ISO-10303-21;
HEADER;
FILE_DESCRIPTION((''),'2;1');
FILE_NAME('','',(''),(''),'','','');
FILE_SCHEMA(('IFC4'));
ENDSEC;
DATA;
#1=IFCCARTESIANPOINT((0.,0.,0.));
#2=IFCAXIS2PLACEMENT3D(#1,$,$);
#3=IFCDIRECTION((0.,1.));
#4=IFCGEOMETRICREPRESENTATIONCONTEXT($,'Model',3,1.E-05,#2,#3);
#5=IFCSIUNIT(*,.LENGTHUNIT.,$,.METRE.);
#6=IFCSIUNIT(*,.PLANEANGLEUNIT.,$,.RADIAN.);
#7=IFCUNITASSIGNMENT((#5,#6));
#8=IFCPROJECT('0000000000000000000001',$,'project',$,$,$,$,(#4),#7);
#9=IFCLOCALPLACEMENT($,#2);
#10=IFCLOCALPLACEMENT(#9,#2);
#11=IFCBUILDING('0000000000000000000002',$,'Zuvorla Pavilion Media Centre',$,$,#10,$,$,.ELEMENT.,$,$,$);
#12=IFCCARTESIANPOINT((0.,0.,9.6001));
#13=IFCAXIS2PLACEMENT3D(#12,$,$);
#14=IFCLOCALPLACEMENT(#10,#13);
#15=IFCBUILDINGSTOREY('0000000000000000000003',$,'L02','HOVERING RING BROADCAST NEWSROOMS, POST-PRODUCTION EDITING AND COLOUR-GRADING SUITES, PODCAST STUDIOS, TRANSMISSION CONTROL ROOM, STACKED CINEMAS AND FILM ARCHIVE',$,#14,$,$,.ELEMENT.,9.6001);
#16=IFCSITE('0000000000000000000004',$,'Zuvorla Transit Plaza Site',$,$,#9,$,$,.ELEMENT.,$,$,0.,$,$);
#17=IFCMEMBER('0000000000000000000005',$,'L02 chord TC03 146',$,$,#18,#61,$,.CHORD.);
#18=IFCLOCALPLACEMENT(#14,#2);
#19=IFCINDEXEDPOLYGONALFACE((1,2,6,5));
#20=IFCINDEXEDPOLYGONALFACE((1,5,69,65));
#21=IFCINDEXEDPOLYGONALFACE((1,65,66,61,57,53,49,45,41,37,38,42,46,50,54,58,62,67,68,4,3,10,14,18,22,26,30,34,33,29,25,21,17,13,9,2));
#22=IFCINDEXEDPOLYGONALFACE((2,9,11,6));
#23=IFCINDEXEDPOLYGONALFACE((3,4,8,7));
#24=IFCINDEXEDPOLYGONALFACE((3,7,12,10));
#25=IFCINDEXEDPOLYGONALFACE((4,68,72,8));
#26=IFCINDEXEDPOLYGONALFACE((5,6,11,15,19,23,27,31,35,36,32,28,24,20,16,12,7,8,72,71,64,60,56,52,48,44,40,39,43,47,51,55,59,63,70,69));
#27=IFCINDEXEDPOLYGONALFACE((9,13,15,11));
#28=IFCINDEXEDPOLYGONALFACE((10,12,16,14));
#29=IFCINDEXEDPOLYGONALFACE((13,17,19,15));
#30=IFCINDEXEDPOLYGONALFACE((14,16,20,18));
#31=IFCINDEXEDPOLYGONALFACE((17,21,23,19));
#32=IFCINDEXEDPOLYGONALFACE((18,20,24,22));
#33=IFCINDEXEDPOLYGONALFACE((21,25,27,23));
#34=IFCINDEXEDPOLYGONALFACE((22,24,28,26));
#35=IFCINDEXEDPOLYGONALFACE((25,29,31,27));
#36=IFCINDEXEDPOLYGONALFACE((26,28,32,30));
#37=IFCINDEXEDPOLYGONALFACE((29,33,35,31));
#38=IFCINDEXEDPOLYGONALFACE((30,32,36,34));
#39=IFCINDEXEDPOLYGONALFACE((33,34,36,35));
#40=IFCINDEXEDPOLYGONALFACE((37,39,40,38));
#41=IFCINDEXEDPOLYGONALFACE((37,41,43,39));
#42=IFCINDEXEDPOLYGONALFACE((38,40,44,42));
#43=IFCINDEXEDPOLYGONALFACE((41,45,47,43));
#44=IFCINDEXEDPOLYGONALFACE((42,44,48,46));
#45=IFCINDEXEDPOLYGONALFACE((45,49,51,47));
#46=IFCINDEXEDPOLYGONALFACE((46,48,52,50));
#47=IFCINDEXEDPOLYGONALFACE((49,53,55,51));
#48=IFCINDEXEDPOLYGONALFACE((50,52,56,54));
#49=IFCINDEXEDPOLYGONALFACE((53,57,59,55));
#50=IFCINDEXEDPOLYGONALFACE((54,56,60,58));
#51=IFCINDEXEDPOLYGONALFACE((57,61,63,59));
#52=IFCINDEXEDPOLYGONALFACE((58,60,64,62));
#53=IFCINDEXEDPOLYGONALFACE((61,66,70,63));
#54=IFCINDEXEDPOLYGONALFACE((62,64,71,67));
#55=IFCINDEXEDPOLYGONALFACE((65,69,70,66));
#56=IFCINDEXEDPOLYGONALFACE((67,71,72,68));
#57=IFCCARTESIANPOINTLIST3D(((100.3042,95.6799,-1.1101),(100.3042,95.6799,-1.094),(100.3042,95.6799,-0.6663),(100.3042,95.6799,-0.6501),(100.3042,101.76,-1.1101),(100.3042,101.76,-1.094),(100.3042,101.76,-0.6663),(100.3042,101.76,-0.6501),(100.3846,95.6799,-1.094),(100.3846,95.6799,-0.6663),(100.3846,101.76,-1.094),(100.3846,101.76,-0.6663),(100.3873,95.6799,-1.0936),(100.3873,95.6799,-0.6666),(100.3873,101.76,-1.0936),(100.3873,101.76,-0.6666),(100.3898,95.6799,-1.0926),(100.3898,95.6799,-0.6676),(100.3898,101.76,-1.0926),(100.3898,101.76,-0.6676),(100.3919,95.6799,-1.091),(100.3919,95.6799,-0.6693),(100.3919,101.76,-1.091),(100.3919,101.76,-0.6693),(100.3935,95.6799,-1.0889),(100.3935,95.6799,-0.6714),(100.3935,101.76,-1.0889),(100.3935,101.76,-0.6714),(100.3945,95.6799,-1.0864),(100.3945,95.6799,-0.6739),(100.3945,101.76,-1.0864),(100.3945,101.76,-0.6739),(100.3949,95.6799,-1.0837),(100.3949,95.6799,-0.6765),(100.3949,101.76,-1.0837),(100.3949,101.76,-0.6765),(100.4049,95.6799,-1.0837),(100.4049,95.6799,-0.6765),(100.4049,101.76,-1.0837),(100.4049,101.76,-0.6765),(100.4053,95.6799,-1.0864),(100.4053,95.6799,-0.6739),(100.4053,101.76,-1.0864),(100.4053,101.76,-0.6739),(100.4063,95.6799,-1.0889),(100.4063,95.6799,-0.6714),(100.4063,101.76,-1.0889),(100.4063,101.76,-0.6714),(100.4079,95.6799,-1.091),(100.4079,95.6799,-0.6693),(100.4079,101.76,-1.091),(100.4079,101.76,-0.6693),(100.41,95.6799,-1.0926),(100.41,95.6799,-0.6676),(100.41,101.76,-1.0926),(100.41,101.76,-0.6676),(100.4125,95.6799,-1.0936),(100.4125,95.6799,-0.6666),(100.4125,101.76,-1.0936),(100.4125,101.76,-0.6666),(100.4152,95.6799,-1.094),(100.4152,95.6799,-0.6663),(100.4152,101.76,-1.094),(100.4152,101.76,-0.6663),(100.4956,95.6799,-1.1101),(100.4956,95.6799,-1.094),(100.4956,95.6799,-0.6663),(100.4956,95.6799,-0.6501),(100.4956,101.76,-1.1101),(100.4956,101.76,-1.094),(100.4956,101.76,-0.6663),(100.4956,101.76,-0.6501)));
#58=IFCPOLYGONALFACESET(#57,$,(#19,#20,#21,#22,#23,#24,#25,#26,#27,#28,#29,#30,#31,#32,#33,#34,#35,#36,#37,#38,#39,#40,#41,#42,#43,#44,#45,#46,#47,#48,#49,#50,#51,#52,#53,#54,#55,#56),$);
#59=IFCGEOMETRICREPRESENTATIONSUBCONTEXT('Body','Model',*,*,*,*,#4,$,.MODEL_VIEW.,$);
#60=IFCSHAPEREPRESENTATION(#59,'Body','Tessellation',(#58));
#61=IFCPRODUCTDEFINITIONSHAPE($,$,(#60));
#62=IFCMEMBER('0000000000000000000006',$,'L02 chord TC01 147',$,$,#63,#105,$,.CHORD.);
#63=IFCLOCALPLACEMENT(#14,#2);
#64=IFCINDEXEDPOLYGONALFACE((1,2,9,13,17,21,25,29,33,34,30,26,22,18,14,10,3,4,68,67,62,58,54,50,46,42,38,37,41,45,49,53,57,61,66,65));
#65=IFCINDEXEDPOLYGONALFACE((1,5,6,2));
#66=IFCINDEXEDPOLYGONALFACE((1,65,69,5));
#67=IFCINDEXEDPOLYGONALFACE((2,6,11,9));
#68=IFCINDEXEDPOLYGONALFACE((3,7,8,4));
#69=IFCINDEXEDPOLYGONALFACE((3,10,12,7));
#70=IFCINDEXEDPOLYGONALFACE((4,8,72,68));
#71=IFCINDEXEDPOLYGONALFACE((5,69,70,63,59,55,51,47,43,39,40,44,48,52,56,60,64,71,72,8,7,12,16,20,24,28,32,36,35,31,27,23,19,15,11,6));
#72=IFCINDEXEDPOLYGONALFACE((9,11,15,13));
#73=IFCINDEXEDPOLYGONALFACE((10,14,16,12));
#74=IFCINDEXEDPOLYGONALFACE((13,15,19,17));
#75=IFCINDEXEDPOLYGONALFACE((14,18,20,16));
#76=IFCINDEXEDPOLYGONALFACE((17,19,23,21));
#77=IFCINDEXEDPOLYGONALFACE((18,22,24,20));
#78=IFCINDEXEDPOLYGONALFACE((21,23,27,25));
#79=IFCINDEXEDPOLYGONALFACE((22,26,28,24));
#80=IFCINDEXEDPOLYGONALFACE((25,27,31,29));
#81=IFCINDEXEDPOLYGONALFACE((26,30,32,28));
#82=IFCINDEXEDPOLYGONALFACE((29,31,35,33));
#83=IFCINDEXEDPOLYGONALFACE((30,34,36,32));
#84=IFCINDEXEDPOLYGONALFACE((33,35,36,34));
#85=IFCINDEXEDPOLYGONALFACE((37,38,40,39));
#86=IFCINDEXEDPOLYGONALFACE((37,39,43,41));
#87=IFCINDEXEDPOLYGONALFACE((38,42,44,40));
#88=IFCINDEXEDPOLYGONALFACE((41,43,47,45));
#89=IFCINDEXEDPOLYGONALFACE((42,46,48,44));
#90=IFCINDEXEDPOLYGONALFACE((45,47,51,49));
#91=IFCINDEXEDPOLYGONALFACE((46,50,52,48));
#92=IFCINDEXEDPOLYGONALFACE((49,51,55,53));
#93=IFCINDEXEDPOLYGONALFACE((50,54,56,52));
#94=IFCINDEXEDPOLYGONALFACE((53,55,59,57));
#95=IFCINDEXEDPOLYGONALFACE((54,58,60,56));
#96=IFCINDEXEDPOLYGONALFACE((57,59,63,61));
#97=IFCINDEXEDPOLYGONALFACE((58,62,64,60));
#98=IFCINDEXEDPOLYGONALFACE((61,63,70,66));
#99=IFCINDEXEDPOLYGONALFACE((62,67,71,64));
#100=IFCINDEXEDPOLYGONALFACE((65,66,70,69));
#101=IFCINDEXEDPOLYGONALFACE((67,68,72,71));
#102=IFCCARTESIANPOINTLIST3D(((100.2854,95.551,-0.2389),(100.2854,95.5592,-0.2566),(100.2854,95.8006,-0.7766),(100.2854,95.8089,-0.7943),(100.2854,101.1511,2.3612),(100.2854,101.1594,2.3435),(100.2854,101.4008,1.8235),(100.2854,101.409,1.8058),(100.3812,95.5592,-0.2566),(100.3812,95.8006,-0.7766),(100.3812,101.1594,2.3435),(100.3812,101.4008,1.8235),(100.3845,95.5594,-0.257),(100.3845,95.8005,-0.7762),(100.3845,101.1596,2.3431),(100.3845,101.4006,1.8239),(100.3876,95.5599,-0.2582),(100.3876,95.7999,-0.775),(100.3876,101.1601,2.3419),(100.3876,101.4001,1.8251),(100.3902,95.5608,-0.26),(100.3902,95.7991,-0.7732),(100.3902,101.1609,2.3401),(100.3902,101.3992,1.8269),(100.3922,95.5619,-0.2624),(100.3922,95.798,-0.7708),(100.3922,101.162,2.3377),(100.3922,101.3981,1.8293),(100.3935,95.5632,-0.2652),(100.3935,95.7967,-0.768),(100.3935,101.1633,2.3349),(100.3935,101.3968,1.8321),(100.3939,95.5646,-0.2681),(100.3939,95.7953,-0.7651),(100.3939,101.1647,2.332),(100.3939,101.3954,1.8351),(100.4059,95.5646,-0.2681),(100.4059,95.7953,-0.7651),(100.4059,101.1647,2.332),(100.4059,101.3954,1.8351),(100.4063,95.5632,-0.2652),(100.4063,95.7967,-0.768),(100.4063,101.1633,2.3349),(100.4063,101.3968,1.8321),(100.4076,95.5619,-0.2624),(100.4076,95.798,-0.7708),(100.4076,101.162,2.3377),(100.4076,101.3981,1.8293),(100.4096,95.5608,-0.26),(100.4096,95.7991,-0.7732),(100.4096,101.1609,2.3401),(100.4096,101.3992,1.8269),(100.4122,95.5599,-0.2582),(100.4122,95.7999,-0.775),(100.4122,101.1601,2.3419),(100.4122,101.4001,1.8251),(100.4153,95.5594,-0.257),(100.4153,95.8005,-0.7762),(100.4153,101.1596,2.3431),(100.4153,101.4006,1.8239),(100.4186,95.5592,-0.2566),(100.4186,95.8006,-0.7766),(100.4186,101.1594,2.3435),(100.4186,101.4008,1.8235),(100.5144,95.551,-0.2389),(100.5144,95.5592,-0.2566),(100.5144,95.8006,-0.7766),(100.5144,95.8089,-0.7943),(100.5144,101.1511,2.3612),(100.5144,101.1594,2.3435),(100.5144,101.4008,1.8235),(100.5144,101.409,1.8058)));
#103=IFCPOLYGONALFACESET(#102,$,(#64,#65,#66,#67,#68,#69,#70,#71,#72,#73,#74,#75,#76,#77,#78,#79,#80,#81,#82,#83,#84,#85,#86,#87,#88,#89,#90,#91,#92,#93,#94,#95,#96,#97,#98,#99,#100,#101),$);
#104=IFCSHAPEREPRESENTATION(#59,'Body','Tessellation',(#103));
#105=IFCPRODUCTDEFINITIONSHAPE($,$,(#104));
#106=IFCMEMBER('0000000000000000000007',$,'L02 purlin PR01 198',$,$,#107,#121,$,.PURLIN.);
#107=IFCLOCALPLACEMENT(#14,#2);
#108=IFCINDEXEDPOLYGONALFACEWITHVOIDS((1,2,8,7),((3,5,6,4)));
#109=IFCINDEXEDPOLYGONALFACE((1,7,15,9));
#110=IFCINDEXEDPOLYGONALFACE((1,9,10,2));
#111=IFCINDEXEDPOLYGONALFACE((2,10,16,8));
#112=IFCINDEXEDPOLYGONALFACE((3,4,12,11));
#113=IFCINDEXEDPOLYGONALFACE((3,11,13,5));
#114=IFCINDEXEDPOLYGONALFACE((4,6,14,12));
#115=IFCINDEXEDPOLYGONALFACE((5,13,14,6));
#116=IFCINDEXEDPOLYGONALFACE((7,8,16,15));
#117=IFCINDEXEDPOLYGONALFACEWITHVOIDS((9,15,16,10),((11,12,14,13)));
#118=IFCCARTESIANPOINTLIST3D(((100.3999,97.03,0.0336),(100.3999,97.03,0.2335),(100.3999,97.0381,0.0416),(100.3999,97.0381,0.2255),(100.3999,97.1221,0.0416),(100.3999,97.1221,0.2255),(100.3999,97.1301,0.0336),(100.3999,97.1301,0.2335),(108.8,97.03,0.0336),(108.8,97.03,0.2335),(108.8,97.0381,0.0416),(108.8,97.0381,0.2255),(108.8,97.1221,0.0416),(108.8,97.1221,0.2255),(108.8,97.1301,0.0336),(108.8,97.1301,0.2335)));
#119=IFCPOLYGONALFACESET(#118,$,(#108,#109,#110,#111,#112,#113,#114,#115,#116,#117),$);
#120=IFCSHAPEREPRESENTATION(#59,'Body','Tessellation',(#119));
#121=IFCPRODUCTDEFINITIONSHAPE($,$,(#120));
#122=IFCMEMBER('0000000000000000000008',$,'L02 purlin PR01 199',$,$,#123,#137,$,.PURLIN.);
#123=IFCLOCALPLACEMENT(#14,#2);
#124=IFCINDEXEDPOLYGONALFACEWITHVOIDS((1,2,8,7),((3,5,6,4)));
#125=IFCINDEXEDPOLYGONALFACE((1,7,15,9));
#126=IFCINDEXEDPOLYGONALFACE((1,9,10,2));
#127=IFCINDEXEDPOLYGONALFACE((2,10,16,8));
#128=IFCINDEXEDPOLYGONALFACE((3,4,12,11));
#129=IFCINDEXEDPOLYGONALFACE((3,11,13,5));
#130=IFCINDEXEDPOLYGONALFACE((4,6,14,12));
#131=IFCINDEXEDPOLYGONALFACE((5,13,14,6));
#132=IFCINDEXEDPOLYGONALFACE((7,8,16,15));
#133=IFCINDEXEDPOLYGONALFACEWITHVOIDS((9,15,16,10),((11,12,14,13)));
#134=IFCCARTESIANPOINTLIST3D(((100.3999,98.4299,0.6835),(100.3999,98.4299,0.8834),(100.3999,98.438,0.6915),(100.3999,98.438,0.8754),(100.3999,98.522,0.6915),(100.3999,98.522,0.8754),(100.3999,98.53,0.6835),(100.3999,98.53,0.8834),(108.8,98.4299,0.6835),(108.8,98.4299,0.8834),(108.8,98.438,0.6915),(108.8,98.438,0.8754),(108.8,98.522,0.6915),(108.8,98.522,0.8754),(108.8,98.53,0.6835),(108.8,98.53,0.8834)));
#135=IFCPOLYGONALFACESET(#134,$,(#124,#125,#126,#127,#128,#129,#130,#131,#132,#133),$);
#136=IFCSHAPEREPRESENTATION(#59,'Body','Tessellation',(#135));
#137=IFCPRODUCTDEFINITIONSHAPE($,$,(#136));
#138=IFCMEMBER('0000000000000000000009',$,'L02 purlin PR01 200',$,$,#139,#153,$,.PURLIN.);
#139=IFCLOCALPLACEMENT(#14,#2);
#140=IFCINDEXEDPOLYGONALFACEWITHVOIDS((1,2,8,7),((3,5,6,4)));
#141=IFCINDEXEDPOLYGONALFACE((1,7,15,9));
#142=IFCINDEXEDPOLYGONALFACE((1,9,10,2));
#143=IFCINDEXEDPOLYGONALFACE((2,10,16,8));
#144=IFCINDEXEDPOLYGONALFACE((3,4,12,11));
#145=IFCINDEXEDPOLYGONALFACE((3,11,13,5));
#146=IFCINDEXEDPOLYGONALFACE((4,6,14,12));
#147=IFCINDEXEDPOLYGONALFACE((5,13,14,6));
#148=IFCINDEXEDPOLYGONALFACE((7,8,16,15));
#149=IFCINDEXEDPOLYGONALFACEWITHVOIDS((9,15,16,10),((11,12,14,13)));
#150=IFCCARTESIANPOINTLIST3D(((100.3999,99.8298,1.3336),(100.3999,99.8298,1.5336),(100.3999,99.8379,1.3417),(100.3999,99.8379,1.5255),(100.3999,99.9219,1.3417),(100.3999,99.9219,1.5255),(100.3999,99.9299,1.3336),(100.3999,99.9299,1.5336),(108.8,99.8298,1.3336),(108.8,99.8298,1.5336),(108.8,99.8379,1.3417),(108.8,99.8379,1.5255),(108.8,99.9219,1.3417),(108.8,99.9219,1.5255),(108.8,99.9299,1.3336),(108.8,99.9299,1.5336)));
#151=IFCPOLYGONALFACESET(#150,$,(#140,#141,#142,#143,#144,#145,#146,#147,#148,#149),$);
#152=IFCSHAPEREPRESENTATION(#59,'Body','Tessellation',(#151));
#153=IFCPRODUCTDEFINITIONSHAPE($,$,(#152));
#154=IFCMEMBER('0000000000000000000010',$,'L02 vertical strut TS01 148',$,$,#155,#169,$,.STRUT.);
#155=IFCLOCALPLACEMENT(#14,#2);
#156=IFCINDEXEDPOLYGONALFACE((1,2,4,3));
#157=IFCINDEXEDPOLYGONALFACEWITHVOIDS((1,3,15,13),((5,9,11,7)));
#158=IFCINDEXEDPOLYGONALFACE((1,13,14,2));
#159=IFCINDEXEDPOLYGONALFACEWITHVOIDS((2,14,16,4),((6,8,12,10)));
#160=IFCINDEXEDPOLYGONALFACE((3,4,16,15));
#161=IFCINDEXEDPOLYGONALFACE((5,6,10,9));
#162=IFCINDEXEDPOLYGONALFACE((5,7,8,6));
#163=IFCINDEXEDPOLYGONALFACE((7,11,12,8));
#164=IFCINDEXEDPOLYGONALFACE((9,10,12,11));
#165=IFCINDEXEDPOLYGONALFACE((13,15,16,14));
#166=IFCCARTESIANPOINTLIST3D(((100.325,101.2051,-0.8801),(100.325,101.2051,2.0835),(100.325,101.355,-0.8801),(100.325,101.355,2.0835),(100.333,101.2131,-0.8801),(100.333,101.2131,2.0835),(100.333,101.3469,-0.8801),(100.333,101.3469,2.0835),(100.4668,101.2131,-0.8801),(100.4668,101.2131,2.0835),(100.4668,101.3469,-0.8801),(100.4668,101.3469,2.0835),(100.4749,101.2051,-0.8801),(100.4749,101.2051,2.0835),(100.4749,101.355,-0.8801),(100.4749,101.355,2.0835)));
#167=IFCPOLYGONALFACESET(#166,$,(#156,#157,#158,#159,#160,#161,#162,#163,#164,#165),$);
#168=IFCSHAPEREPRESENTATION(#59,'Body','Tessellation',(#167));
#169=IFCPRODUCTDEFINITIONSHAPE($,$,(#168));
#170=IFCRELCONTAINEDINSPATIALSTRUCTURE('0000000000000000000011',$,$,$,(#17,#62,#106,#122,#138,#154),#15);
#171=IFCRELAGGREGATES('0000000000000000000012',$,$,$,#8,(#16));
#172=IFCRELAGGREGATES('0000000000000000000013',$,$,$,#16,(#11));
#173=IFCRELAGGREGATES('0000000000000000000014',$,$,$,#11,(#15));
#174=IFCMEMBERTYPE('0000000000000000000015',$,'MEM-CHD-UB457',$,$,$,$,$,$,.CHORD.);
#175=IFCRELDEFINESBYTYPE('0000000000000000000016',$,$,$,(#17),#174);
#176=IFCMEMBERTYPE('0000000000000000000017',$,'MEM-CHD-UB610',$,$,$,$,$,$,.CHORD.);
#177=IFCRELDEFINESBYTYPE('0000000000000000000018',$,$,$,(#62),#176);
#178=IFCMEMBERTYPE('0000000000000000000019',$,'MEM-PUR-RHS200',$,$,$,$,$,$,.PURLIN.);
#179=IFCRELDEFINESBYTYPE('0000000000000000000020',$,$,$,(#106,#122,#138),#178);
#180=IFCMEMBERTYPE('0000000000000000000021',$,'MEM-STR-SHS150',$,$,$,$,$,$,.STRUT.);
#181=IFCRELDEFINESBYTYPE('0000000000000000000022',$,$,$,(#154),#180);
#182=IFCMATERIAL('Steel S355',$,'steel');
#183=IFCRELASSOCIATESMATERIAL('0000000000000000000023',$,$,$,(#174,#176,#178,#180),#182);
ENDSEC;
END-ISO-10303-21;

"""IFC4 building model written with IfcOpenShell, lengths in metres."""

from ifc_helpers import new_model, si_unit, direction, frame, origin, origin_2d, place, context, subcontext, project, spatial, hollow_rectangle, i_section, extrude, material, material_profile, profile_set, type_object, element, save


model = new_model("IFC4")

# Units and contexts
model_context = context("Model", 3, precision=1e-05, world=origin(), true_north=direction((0.0, 1.0)))
body_context = subcontext(model_context, "Body", "Model", "MODEL_VIEW")
ifc_project = project(units=[si_unit("LENGTHUNIT", "METRE"), si_unit("PLANEANGLEUNIT", "RADIAN")], contexts=[model_context])

# Site, building, storey
site_placement = place(None, origin())
site = spatial("IfcSite", under=ifc_project, at=site_placement, Name="Zuvorla Transit Plaza Site", CompositionType="ELEMENT", RefElevation=0.0)
building_placement = place(site_placement, origin())
building = spatial("IfcBuilding", under=site, at=building_placement, Name="Zuvorla Pavilion Media Centre", CompositionType="ELEMENT")
storey_placement = place(building_placement, frame((0.0, 0.0, 9.6001)))
storey = spatial("IfcBuildingStorey", under=building, at=storey_placement, Name="L02", Description="HOVERING RING BROADCAST NEWSROOMS, POST-PRODUCTION EDITING AND COLOUR-GRADING SUITES, PODCAST STUDIOS, TRANSMISSION CONTROL ROOM, STACKED CINEMAS AND FILM ARCHIVE", CompositionType="ELEMENT", Elevation=9.6001)

# Shared definitions
ifc_material_1 = material(Name="Steel S355", Category="steel")

# Members
ifc_material_profile_1 = material_profile(ifc_material_1, i_section(OverallWidth=0.1914, OverallDepth=0.46, WebThickness=0.01, FlangeThickness=0.0161, FilletRadius=0.0103, at=origin_2d()), Name="UB 457x191x82")
ifc_profile_set_1 = profile_set([ifc_material_profile_1], Name="Steel S355")
member_type_1 = type_object("IfcMemberType", Name="MEM-CHD-UB457", PredefinedType="CHORD", material=ifc_profile_set_1)
member_1_placement = place(storey_placement, frame((100.3999, 95.6799, -0.8801), z_axis=(0.0, 1.0, 0.0), x_axis=(-1.0, 0.0, 0.0)))
element("IfcMember", 1, at=member_1_placement, inside=storey, type_object=member_type_1, Name="L02 chord TC03 146", PredefinedType="CHORD", context=body_context, shape_type="SweptSolid", body=[
    extrude(i_section(OverallWidth=0.1914, OverallDepth=0.46, WebThickness=0.01, FlangeThickness=0.0161, FilletRadius=0.0103, at=origin_2d()), origin(), (0.0, 0.0, 1.0), 6.0801),
])
ifc_material_profile_2 = material_profile(ifc_material_1, i_section(OverallWidth=0.229, OverallDepth=0.6123, WebThickness=0.012, FlangeThickness=0.0195, FilletRadius=0.0127, at=origin_2d()), Name="UB 610x229x125")
ifc_profile_set_2 = profile_set([ifc_material_profile_2], Name="Steel S355")
member_type_2 = type_object("IfcMemberType", Name="MEM-CHD-UB610", PredefinedType="CHORD", material=ifc_profile_set_2)
member_2_placement = place(storey_placement, frame((100.3999, 95.6799, -0.5166), z_axis=(0.0, 0.907006, 0.421118), x_axis=(-1.0, 0.0, 0.0)))
element("IfcMember", 2, at=member_2_placement, inside=storey, type_object=member_type_2, Name="L02 chord TC01 147", PredefinedType="CHORD", context=body_context, shape_type="SweptSolid", body=[
    extrude(i_section(OverallWidth=0.229, OverallDepth=0.6123, WebThickness=0.012, FlangeThickness=0.0195, FilletRadius=0.0127, at=origin_2d()), origin(), (0.0, 0.0, 1.0), 6.1743),
])
ifc_material_profile_3 = material_profile(ifc_material_1, hollow_rectangle(XDim=0.1001, YDim=0.2, WallThickness=0.0081, at=origin_2d()), Name="RHS 200x100x8")
ifc_profile_set_3 = profile_set([ifc_material_profile_3], Name="Steel S355")
member_type_3 = type_object("IfcMemberType", Name="MEM-PUR-RHS200", PredefinedType="PURLIN", material=ifc_profile_set_3)
for number, where, z_axis, x_axis, name in (
    (3, (100.3999, 97.0801, 0.1335), (1.0, 0.0, 0.0), (0.0, 1.0, 0.0), "L02 purlin PR01 198"),
    (4, (100.3999, 98.48, 0.7834), (1.0, 0.0, 0.0), (0.0, 1.0, 0.0), "L02 purlin PR01 199"),
    (5, (100.3999, 99.8799, 1.4336), (1.0, 0.0, 0.0), (0.0, 1.0, 0.0), "L02 purlin PR01 200"),
):
    element("IfcMember", number, at=place(storey_placement, frame(where, z_axis=z_axis, x_axis=x_axis)), inside=storey, type_object=member_type_3, Name=name, PredefinedType="PURLIN", context=body_context, shape_type="SweptSolid", body=[
        extrude(hollow_rectangle(XDim=0.1001, YDim=0.2, WallThickness=0.0081, at=origin_2d()), origin(), (0.0, 0.0, 1.0), 8.4001),
    ])
ifc_material_profile_4 = material_profile(ifc_material_1, hollow_rectangle(XDim=0.1499, YDim=0.1499, WallThickness=0.0081, at=origin_2d()), Name="SHS 150x150x8")
ifc_profile_set_4 = profile_set([ifc_material_profile_4], Name="Steel S355")
member_type_4 = type_object("IfcMemberType", Name="MEM-STR-SHS150", PredefinedType="STRUT", material=ifc_profile_set_4)
member_3_placement = place(storey_placement, frame((100.3999, 101.28, -0.8801), z_axis=(0.0, 0.0, 1.0), x_axis=(1.0, 0.0, 0.0)))
element("IfcMember", 6, at=member_3_placement, inside=storey, type_object=member_type_4, Name="L02 vertical strut TS01 148", PredefinedType="STRUT", context=body_context, shape_type="SweptSolid", body=[
    extrude(hollow_rectangle(XDim=0.1499, YDim=0.1499, WallThickness=0.0081, at=origin_2d()), origin(), (0.0, 0.0, 1.0), 2.9636),
])

save(model, "model.ifc")
